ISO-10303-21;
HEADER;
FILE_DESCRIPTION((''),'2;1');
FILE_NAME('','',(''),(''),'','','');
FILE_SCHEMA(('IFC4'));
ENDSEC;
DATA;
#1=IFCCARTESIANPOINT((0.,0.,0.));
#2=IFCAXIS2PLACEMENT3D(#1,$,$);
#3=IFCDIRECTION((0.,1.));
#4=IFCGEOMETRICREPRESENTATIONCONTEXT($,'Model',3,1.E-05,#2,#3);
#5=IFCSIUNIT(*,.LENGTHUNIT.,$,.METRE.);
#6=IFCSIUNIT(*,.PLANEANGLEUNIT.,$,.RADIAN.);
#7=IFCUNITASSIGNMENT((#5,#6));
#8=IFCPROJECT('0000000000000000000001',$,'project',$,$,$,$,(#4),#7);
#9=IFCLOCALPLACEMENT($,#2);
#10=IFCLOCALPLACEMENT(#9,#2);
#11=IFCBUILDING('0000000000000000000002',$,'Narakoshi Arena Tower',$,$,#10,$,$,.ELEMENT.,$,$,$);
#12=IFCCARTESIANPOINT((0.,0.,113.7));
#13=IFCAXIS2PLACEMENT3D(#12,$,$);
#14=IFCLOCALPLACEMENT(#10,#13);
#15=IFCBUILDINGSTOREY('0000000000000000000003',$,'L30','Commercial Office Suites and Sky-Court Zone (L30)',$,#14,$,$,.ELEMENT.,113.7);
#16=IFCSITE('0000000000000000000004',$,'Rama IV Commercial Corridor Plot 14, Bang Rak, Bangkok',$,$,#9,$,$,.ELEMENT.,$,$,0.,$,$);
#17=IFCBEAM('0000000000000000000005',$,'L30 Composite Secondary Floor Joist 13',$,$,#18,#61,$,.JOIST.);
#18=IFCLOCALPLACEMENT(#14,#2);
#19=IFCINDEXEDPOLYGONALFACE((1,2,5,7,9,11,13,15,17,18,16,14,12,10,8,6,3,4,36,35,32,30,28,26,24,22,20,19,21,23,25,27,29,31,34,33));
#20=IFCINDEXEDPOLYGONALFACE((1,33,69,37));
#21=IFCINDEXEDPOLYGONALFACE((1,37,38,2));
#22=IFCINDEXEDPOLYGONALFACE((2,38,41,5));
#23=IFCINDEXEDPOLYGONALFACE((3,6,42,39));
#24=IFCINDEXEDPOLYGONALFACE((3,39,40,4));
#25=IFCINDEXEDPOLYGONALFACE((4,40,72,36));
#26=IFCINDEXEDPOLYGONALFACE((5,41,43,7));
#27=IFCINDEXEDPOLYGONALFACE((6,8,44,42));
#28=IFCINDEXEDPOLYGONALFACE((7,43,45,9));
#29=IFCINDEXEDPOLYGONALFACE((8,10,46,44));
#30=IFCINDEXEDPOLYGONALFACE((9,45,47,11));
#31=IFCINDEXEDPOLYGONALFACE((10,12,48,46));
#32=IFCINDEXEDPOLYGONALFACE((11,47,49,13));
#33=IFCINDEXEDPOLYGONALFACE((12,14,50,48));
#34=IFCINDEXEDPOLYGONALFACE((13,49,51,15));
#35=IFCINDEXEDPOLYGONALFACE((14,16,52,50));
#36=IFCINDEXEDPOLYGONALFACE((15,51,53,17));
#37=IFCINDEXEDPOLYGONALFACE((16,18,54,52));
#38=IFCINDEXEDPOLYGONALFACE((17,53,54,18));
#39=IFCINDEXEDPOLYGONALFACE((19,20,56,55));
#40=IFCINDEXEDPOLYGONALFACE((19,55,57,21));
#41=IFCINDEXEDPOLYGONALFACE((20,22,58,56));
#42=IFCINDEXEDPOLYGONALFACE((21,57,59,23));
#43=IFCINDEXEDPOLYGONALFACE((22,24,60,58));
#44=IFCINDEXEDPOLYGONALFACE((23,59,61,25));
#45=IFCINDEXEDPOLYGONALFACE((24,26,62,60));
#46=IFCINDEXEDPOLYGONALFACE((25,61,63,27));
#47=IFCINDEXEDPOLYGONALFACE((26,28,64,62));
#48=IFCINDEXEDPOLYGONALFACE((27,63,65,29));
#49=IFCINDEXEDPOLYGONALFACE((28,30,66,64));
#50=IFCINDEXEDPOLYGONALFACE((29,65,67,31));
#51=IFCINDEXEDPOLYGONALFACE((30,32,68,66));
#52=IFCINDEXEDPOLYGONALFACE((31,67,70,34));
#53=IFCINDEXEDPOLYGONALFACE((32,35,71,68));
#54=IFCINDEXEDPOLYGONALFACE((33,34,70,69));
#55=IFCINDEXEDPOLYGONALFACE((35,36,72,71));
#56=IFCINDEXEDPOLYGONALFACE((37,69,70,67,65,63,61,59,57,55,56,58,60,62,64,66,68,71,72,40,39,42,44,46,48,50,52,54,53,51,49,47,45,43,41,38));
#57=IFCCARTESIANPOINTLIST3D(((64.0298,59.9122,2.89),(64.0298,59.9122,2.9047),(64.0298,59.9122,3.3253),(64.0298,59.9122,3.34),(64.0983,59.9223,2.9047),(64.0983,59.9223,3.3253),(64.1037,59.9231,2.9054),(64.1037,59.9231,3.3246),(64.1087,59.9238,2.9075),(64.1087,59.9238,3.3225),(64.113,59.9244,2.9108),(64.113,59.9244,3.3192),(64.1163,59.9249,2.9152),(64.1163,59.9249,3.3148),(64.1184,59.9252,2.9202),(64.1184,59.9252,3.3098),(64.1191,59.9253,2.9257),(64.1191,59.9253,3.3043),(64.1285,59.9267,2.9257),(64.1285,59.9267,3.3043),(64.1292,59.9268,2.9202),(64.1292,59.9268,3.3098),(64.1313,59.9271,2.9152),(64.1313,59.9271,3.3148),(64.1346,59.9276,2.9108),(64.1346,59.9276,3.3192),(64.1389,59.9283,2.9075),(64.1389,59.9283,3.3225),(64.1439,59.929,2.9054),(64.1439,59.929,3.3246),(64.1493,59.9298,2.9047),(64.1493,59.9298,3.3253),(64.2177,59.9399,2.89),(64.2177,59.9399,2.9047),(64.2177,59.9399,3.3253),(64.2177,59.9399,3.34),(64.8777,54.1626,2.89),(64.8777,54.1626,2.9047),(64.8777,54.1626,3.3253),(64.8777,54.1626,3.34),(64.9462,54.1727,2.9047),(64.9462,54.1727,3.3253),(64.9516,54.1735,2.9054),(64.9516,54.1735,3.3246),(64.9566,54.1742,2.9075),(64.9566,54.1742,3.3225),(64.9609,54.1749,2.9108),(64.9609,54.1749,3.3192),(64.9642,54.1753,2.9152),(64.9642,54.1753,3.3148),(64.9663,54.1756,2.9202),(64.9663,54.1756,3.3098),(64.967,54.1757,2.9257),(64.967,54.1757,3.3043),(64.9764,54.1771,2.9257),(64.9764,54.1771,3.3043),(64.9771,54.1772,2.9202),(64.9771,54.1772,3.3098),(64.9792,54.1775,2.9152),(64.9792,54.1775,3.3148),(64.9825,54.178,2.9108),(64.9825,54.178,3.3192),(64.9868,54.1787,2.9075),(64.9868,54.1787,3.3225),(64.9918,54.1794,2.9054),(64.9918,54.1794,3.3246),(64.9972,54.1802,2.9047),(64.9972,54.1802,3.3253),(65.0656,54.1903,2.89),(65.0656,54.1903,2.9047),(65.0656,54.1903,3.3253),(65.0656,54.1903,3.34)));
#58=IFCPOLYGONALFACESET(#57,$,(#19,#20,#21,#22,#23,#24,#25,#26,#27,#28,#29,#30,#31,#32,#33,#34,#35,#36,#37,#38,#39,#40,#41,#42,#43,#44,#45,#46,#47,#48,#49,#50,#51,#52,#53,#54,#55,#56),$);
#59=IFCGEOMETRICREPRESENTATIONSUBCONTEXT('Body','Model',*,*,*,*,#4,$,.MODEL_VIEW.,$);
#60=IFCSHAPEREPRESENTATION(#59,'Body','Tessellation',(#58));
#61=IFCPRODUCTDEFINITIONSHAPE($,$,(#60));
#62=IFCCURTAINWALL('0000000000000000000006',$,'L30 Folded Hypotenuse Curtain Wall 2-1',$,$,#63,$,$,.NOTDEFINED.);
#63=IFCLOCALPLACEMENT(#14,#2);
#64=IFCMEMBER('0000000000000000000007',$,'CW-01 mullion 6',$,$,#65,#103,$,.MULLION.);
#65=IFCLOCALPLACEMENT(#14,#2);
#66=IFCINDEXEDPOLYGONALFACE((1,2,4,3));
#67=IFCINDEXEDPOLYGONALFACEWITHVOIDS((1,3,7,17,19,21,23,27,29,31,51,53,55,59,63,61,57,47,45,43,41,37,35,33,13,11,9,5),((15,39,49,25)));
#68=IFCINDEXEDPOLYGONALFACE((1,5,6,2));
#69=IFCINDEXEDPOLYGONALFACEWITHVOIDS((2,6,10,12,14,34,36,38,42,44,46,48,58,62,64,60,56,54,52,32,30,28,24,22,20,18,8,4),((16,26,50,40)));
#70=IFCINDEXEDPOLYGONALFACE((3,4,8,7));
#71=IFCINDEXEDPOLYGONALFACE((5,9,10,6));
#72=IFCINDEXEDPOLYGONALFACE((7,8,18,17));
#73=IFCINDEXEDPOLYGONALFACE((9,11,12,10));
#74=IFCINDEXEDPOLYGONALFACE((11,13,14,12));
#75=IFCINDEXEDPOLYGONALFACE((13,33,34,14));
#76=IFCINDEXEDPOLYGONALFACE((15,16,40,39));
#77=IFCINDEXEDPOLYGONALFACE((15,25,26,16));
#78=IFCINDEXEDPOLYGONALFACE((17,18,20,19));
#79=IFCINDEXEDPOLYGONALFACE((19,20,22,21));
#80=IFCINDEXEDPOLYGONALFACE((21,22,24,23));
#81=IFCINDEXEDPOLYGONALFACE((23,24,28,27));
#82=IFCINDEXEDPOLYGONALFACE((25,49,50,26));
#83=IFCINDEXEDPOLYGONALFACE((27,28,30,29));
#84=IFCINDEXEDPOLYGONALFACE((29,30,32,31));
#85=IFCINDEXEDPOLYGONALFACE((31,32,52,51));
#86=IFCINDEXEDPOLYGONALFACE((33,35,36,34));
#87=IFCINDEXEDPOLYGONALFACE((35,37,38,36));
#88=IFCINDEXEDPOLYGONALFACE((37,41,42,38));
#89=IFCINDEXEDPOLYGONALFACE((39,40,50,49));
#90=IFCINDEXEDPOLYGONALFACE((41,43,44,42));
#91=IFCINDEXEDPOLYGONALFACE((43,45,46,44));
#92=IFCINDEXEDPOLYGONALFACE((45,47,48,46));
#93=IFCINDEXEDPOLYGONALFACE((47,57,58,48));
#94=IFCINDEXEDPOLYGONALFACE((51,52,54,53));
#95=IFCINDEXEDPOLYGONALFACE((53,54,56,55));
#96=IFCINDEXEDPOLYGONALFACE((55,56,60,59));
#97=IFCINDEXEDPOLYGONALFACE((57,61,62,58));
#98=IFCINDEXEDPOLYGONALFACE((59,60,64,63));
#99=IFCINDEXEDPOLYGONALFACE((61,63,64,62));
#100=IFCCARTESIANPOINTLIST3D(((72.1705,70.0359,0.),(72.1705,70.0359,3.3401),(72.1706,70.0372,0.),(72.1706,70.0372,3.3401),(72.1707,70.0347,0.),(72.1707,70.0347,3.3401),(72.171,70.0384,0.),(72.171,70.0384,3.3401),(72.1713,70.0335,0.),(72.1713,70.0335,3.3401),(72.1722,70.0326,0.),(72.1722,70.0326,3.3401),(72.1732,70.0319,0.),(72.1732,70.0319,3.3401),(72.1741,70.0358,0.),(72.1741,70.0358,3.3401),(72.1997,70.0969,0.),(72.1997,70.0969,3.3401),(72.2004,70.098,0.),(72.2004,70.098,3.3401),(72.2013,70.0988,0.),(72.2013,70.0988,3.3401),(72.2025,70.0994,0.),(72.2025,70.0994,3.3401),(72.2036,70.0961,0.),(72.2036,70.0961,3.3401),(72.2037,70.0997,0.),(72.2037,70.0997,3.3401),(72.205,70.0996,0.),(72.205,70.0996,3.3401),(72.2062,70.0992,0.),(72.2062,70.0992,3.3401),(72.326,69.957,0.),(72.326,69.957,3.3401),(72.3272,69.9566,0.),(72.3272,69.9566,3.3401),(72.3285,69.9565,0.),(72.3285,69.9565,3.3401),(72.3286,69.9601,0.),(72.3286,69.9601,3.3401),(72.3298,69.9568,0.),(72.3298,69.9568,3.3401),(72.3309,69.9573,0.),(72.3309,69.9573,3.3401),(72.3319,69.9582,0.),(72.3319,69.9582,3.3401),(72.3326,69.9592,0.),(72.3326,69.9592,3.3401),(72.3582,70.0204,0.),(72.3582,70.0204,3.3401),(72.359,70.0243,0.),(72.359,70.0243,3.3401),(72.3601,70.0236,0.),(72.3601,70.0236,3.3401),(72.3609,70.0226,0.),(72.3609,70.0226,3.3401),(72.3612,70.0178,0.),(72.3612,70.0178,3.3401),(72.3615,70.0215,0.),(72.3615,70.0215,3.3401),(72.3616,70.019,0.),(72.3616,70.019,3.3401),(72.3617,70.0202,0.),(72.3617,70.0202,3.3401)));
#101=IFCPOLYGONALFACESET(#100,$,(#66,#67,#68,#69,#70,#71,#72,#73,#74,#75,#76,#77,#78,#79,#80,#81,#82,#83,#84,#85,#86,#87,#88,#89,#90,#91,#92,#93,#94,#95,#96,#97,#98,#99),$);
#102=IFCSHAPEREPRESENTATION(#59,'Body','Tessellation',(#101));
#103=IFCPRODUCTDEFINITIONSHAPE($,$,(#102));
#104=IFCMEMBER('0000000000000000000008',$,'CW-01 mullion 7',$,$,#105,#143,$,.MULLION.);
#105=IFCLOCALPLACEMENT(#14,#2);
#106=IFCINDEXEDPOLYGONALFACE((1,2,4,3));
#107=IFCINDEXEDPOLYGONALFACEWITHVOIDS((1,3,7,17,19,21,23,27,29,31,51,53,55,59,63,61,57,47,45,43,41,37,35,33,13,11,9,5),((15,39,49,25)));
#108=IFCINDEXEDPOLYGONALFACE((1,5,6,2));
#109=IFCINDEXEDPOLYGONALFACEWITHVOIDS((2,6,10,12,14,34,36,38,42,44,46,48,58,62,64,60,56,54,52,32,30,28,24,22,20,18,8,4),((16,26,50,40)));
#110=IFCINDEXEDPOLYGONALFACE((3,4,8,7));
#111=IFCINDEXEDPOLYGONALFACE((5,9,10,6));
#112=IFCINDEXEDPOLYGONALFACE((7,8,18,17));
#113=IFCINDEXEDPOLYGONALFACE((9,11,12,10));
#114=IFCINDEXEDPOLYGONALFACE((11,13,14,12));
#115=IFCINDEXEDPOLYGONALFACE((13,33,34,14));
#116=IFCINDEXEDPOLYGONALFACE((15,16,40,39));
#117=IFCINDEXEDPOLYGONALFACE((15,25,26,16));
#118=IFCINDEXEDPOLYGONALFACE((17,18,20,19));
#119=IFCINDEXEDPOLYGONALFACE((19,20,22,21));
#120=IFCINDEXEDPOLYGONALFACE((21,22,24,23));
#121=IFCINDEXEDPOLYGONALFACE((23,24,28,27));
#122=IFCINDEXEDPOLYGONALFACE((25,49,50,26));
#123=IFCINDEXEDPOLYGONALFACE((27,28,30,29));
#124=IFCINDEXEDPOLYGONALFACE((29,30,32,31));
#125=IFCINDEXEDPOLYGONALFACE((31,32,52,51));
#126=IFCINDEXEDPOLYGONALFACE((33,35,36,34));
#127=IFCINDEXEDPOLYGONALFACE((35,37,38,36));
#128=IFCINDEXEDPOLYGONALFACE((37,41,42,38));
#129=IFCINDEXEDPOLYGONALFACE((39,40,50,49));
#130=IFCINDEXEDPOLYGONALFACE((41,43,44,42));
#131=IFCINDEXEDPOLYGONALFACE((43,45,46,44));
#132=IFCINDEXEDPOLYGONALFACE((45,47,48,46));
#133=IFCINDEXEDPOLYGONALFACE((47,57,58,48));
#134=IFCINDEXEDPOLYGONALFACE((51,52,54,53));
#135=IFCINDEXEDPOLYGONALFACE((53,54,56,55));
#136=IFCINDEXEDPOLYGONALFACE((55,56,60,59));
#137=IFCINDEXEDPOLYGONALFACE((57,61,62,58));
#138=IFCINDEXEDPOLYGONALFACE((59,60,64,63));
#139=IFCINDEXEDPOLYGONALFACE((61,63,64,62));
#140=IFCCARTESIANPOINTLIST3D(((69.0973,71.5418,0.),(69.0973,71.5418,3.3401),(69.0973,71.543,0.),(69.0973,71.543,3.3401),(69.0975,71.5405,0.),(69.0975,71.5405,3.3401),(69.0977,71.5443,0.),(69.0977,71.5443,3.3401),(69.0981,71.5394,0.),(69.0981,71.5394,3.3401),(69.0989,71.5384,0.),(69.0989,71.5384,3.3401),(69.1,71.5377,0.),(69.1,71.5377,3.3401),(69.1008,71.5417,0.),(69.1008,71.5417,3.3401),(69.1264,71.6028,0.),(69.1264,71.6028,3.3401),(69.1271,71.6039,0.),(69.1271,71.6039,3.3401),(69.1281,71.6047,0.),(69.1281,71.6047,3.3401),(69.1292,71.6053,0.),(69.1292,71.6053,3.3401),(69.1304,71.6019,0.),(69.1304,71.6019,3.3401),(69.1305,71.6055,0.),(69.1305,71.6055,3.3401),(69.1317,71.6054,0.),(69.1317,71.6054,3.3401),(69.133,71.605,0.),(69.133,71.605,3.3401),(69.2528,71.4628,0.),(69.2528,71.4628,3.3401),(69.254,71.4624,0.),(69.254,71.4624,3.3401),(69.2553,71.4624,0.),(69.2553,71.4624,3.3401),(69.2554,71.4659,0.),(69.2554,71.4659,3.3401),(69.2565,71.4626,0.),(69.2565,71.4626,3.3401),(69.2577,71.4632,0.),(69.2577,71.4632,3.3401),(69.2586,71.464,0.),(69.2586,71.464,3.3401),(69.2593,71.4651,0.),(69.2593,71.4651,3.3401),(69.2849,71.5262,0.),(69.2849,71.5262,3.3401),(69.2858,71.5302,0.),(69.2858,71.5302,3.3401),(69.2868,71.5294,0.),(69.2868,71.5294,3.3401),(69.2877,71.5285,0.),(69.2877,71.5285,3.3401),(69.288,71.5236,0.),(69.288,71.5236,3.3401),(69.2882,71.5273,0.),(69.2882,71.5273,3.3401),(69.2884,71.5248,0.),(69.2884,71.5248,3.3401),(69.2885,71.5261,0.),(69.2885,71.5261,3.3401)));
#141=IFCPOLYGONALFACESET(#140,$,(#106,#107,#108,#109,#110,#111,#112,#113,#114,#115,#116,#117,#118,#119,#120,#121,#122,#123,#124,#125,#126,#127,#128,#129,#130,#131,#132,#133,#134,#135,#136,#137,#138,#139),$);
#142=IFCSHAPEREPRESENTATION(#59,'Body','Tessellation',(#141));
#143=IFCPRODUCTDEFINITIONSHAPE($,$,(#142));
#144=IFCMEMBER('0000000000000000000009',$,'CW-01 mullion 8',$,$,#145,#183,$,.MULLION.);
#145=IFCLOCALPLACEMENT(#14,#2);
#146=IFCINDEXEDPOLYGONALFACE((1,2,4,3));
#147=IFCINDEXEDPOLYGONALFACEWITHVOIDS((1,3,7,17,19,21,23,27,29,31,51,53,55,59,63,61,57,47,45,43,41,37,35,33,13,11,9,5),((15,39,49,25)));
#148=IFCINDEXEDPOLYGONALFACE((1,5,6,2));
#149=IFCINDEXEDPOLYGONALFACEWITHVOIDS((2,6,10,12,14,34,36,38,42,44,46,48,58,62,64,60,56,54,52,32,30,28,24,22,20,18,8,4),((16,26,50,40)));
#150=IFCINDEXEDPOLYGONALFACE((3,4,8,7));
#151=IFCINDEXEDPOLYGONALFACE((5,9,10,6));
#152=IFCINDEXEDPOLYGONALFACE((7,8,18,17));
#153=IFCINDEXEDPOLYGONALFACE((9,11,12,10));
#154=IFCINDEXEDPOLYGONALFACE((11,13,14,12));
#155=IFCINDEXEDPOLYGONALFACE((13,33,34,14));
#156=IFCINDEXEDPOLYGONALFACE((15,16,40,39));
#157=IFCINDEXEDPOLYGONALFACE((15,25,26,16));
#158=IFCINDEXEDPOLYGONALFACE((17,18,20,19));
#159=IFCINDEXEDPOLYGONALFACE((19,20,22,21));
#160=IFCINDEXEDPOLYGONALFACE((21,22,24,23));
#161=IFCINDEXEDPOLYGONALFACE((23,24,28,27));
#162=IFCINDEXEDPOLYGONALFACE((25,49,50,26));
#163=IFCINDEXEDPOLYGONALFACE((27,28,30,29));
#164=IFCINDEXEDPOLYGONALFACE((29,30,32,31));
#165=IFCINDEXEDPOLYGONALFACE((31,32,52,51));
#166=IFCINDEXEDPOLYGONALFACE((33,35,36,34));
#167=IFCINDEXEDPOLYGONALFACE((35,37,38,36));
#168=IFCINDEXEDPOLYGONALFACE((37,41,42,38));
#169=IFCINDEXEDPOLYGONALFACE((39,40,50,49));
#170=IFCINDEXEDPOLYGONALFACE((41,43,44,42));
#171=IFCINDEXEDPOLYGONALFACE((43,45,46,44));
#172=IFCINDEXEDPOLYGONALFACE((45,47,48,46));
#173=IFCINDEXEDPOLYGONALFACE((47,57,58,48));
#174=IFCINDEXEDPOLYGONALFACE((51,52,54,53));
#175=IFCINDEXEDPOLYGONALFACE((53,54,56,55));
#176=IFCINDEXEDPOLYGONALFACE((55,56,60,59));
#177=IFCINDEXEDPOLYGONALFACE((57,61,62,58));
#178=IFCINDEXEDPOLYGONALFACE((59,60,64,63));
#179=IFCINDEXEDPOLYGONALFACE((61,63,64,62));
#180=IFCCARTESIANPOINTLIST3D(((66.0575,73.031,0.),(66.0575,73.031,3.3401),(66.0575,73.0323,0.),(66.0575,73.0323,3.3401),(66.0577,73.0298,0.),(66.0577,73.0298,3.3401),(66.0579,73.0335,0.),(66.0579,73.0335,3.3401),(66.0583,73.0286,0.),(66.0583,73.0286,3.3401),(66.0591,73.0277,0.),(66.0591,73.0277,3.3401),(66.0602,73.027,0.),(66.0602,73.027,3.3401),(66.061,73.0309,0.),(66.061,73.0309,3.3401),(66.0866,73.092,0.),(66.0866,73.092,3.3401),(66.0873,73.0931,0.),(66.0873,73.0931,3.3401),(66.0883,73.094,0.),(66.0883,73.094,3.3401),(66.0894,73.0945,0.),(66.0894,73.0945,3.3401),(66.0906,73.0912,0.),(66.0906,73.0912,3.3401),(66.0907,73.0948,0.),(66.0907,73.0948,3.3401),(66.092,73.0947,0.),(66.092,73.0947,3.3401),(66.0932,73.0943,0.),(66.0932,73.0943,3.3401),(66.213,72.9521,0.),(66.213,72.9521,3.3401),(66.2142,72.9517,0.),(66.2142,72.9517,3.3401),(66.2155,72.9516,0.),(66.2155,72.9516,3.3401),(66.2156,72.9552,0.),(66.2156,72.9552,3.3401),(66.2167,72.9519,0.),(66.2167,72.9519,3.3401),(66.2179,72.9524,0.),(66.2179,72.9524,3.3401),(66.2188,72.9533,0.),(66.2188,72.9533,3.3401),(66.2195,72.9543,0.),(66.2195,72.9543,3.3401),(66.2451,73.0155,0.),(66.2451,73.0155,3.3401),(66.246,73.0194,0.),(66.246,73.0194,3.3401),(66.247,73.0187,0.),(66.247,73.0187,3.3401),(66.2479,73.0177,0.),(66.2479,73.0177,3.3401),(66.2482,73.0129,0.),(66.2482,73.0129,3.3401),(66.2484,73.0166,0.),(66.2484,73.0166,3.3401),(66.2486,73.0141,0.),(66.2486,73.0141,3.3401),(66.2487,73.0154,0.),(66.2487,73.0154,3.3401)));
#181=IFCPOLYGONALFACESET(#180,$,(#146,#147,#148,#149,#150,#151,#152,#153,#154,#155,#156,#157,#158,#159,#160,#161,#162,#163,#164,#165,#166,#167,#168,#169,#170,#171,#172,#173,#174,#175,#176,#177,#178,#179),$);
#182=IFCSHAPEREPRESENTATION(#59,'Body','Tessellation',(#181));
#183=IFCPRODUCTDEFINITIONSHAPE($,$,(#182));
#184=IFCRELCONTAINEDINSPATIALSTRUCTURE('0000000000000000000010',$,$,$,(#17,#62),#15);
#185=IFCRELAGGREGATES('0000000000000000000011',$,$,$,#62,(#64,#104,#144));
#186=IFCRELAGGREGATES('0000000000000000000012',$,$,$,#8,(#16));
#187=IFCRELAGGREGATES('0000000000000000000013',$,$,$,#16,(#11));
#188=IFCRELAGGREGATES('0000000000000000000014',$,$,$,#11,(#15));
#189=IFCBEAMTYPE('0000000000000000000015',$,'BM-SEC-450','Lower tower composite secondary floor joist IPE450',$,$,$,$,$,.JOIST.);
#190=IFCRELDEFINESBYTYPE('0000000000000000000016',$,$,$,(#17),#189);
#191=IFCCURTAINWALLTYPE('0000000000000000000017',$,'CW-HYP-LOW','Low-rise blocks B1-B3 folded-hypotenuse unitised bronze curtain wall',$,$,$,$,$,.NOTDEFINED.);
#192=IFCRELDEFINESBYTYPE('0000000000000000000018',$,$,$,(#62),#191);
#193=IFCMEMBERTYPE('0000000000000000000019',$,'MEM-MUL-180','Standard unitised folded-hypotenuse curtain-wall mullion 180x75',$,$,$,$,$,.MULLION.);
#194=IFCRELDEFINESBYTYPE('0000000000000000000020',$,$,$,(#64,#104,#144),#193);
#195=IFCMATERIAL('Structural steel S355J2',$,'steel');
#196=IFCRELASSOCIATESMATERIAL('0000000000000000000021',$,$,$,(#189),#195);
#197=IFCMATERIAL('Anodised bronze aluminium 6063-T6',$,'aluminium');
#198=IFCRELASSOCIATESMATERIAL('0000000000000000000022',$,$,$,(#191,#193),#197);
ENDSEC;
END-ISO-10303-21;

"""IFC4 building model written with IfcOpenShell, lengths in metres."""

from ifc_helpers import new_model, si_unit, direction, frame, origin, origin_2d, place, context, subcontext, project, spatial, hollow_rectangle, i_section, extrude, material, material_profile, profile_set, type_object, element, aggregate, save


model = new_model("IFC4")

# Units and contexts
model_context = context("Model", 3, precision=1e-05, world=origin(), true_north=direction((0.0, 1.0)))
body_context = subcontext(model_context, "Body", "Model", "MODEL_VIEW")
ifc_project = project(units=[si_unit("LENGTHUNIT", "METRE"), si_unit("PLANEANGLEUNIT", "RADIAN")], contexts=[model_context])

# Site, building, storey
site_placement = place(None, origin())
site = spatial("IfcSite", under=ifc_project, at=site_placement, Name="Rama IV Commercial Corridor Plot 14, Bang Rak, Bangkok", CompositionType="ELEMENT", RefElevation=0.0)
building_placement = place(site_placement, origin())
building = spatial("IfcBuilding", under=site, at=building_placement, Name="Narakoshi Arena Tower", CompositionType="ELEMENT")
storey_placement = place(building_placement, frame((0.0, 0.0, 113.7)))
storey = spatial("IfcBuildingStorey", under=building, at=storey_placement, Name="L30", Description="Commercial Office Suites and Sky-Court Zone (L30)", CompositionType="ELEMENT", Elevation=113.7)

# Beam
ifc_material_1 = material(Name="Structural steel S355J2", Category="steel")
ifc_material_profile_1 = material_profile(ifc_material_1, i_section(OverallWidth=0.1899, OverallDepth=0.45, WebThickness=0.0095, FlangeThickness=0.0146, FilletRadius=0.021, at=origin_2d()), Name="IPE450")
ifc_profile_set_1 = profile_set([ifc_material_profile_1], Name="Structural steel S355J2")
beam_type_1 = type_object("IfcBeamType", Name="BM-SEC-450", Description="Lower tower composite secondary floor joist IPE450", PredefinedType="JOIST", material=ifc_profile_set_1)
beam_1_placement = place(storey_placement, frame((64.1238, 59.926, 3.115), z_axis=(0.145895, -0.9893, 0.0), x_axis=(0.9893, 0.145895, 0.0)))
element("IfcBeam", 1, at=beam_1_placement, inside=storey, type_object=beam_type_1, Name="L30 Composite Secondary Floor Joist 13", PredefinedType="JOIST", context=body_context, shape_type="SweptSolid", body=[
    extrude(i_section(OverallWidth=0.1899, OverallDepth=0.45, WebThickness=0.0095, FlangeThickness=0.0146, FilletRadius=0.021, at=origin_2d()), origin(), (0.0, 0.0, 1.0), 5.8118),
])

# Curtain wall, members
ifc_material_2 = material(Name="Anodised bronze aluminium 6063-T6", Category="aluminium")
curtain_wall_type = type_object("IfcCurtainWallType", Name="CW-HYP-LOW", Description="Low-rise blocks B1-B3 folded-hypotenuse unitised bronze curtain wall", PredefinedType="NOTDEFINED", material=ifc_material_2)
curtain_wall_placement = place(storey_placement, origin())
curtain_wall = element("IfcCurtainWall", 2, at=curtain_wall_placement, inside=storey, type_object=curtain_wall_type, Name="L30 Folded Hypotenuse Curtain Wall 2-1", PredefinedType="NOTDEFINED")
ifc_material_profile_2 = material_profile(ifc_material_2, hollow_rectangle(XDim=0.075, YDim=0.1799, WallThickness=0.0039, OuterFilletRadius=0.0049, at=origin_2d()), Name="MUL180x75x4")
ifc_profile_set_2 = profile_set([ifc_material_profile_2], Name="Anodised bronze aluminium 6063-T6")
member_type_1 = type_object("IfcMemberType", Name="MEM-MUL-180", Description="Standard unitised folded-hypotenuse curtain-wall mullion 180x75", PredefinedType="MULLION", material=ifc_profile_set_2)
member_1_placement = place(storey_placement, frame((72.2661, 70.0281, 0.0), z_axis=(0.0, 0.0, 1.0), x_axis=(-0.440005, -0.897996, 0.0)))
member_1 = element("IfcMember", 3, at=member_1_placement, type_object=member_type_1, Name="CW-01 mullion 6", PredefinedType="MULLION", context=body_context, shape_type="SweptSolid", body=[
    extrude(hollow_rectangle(XDim=0.075, YDim=0.1799, WallThickness=0.0039, OuterFilletRadius=0.0049, at=origin_2d()), origin(), (0.0, 0.0, 1.0), 3.3401),
])
member_2_placement = place(storey_placement, frame((69.1929, 71.5339, 0.0), z_axis=(0.0, 0.0, 1.0), x_axis=(-0.440005, -0.897996, 0.0)))
member_2 = element("IfcMember", 4, at=member_2_placement, type_object=member_type_1, Name="CW-01 mullion 7", PredefinedType="MULLION", context=body_context, shape_type="SweptSolid", body=[
    extrude(hollow_rectangle(XDim=0.075, YDim=0.1799, WallThickness=0.0039, OuterFilletRadius=0.0049, at=origin_2d()), origin(), (0.0, 0.0, 1.0), 3.3401),
])
member_3_placement = place(storey_placement, frame((66.1531, 73.0232, 0.0), z_axis=(0.0, 0.0, 1.0), x_axis=(-0.440005, -0.897996, 0.0)))
member_3 = element("IfcMember", 5, at=member_3_placement, type_object=member_type_1, Name="CW-01 mullion 8", PredefinedType="MULLION", context=body_context, shape_type="SweptSolid", body=[
    extrude(hollow_rectangle(XDim=0.075, YDim=0.1799, WallThickness=0.0039, OuterFilletRadius=0.0049, at=origin_2d()), origin(), (0.0, 0.0, 1.0), 3.3401),
])
aggregate(curtain_wall, [member_1, member_2, member_3])

save(model, "model.ifc")
